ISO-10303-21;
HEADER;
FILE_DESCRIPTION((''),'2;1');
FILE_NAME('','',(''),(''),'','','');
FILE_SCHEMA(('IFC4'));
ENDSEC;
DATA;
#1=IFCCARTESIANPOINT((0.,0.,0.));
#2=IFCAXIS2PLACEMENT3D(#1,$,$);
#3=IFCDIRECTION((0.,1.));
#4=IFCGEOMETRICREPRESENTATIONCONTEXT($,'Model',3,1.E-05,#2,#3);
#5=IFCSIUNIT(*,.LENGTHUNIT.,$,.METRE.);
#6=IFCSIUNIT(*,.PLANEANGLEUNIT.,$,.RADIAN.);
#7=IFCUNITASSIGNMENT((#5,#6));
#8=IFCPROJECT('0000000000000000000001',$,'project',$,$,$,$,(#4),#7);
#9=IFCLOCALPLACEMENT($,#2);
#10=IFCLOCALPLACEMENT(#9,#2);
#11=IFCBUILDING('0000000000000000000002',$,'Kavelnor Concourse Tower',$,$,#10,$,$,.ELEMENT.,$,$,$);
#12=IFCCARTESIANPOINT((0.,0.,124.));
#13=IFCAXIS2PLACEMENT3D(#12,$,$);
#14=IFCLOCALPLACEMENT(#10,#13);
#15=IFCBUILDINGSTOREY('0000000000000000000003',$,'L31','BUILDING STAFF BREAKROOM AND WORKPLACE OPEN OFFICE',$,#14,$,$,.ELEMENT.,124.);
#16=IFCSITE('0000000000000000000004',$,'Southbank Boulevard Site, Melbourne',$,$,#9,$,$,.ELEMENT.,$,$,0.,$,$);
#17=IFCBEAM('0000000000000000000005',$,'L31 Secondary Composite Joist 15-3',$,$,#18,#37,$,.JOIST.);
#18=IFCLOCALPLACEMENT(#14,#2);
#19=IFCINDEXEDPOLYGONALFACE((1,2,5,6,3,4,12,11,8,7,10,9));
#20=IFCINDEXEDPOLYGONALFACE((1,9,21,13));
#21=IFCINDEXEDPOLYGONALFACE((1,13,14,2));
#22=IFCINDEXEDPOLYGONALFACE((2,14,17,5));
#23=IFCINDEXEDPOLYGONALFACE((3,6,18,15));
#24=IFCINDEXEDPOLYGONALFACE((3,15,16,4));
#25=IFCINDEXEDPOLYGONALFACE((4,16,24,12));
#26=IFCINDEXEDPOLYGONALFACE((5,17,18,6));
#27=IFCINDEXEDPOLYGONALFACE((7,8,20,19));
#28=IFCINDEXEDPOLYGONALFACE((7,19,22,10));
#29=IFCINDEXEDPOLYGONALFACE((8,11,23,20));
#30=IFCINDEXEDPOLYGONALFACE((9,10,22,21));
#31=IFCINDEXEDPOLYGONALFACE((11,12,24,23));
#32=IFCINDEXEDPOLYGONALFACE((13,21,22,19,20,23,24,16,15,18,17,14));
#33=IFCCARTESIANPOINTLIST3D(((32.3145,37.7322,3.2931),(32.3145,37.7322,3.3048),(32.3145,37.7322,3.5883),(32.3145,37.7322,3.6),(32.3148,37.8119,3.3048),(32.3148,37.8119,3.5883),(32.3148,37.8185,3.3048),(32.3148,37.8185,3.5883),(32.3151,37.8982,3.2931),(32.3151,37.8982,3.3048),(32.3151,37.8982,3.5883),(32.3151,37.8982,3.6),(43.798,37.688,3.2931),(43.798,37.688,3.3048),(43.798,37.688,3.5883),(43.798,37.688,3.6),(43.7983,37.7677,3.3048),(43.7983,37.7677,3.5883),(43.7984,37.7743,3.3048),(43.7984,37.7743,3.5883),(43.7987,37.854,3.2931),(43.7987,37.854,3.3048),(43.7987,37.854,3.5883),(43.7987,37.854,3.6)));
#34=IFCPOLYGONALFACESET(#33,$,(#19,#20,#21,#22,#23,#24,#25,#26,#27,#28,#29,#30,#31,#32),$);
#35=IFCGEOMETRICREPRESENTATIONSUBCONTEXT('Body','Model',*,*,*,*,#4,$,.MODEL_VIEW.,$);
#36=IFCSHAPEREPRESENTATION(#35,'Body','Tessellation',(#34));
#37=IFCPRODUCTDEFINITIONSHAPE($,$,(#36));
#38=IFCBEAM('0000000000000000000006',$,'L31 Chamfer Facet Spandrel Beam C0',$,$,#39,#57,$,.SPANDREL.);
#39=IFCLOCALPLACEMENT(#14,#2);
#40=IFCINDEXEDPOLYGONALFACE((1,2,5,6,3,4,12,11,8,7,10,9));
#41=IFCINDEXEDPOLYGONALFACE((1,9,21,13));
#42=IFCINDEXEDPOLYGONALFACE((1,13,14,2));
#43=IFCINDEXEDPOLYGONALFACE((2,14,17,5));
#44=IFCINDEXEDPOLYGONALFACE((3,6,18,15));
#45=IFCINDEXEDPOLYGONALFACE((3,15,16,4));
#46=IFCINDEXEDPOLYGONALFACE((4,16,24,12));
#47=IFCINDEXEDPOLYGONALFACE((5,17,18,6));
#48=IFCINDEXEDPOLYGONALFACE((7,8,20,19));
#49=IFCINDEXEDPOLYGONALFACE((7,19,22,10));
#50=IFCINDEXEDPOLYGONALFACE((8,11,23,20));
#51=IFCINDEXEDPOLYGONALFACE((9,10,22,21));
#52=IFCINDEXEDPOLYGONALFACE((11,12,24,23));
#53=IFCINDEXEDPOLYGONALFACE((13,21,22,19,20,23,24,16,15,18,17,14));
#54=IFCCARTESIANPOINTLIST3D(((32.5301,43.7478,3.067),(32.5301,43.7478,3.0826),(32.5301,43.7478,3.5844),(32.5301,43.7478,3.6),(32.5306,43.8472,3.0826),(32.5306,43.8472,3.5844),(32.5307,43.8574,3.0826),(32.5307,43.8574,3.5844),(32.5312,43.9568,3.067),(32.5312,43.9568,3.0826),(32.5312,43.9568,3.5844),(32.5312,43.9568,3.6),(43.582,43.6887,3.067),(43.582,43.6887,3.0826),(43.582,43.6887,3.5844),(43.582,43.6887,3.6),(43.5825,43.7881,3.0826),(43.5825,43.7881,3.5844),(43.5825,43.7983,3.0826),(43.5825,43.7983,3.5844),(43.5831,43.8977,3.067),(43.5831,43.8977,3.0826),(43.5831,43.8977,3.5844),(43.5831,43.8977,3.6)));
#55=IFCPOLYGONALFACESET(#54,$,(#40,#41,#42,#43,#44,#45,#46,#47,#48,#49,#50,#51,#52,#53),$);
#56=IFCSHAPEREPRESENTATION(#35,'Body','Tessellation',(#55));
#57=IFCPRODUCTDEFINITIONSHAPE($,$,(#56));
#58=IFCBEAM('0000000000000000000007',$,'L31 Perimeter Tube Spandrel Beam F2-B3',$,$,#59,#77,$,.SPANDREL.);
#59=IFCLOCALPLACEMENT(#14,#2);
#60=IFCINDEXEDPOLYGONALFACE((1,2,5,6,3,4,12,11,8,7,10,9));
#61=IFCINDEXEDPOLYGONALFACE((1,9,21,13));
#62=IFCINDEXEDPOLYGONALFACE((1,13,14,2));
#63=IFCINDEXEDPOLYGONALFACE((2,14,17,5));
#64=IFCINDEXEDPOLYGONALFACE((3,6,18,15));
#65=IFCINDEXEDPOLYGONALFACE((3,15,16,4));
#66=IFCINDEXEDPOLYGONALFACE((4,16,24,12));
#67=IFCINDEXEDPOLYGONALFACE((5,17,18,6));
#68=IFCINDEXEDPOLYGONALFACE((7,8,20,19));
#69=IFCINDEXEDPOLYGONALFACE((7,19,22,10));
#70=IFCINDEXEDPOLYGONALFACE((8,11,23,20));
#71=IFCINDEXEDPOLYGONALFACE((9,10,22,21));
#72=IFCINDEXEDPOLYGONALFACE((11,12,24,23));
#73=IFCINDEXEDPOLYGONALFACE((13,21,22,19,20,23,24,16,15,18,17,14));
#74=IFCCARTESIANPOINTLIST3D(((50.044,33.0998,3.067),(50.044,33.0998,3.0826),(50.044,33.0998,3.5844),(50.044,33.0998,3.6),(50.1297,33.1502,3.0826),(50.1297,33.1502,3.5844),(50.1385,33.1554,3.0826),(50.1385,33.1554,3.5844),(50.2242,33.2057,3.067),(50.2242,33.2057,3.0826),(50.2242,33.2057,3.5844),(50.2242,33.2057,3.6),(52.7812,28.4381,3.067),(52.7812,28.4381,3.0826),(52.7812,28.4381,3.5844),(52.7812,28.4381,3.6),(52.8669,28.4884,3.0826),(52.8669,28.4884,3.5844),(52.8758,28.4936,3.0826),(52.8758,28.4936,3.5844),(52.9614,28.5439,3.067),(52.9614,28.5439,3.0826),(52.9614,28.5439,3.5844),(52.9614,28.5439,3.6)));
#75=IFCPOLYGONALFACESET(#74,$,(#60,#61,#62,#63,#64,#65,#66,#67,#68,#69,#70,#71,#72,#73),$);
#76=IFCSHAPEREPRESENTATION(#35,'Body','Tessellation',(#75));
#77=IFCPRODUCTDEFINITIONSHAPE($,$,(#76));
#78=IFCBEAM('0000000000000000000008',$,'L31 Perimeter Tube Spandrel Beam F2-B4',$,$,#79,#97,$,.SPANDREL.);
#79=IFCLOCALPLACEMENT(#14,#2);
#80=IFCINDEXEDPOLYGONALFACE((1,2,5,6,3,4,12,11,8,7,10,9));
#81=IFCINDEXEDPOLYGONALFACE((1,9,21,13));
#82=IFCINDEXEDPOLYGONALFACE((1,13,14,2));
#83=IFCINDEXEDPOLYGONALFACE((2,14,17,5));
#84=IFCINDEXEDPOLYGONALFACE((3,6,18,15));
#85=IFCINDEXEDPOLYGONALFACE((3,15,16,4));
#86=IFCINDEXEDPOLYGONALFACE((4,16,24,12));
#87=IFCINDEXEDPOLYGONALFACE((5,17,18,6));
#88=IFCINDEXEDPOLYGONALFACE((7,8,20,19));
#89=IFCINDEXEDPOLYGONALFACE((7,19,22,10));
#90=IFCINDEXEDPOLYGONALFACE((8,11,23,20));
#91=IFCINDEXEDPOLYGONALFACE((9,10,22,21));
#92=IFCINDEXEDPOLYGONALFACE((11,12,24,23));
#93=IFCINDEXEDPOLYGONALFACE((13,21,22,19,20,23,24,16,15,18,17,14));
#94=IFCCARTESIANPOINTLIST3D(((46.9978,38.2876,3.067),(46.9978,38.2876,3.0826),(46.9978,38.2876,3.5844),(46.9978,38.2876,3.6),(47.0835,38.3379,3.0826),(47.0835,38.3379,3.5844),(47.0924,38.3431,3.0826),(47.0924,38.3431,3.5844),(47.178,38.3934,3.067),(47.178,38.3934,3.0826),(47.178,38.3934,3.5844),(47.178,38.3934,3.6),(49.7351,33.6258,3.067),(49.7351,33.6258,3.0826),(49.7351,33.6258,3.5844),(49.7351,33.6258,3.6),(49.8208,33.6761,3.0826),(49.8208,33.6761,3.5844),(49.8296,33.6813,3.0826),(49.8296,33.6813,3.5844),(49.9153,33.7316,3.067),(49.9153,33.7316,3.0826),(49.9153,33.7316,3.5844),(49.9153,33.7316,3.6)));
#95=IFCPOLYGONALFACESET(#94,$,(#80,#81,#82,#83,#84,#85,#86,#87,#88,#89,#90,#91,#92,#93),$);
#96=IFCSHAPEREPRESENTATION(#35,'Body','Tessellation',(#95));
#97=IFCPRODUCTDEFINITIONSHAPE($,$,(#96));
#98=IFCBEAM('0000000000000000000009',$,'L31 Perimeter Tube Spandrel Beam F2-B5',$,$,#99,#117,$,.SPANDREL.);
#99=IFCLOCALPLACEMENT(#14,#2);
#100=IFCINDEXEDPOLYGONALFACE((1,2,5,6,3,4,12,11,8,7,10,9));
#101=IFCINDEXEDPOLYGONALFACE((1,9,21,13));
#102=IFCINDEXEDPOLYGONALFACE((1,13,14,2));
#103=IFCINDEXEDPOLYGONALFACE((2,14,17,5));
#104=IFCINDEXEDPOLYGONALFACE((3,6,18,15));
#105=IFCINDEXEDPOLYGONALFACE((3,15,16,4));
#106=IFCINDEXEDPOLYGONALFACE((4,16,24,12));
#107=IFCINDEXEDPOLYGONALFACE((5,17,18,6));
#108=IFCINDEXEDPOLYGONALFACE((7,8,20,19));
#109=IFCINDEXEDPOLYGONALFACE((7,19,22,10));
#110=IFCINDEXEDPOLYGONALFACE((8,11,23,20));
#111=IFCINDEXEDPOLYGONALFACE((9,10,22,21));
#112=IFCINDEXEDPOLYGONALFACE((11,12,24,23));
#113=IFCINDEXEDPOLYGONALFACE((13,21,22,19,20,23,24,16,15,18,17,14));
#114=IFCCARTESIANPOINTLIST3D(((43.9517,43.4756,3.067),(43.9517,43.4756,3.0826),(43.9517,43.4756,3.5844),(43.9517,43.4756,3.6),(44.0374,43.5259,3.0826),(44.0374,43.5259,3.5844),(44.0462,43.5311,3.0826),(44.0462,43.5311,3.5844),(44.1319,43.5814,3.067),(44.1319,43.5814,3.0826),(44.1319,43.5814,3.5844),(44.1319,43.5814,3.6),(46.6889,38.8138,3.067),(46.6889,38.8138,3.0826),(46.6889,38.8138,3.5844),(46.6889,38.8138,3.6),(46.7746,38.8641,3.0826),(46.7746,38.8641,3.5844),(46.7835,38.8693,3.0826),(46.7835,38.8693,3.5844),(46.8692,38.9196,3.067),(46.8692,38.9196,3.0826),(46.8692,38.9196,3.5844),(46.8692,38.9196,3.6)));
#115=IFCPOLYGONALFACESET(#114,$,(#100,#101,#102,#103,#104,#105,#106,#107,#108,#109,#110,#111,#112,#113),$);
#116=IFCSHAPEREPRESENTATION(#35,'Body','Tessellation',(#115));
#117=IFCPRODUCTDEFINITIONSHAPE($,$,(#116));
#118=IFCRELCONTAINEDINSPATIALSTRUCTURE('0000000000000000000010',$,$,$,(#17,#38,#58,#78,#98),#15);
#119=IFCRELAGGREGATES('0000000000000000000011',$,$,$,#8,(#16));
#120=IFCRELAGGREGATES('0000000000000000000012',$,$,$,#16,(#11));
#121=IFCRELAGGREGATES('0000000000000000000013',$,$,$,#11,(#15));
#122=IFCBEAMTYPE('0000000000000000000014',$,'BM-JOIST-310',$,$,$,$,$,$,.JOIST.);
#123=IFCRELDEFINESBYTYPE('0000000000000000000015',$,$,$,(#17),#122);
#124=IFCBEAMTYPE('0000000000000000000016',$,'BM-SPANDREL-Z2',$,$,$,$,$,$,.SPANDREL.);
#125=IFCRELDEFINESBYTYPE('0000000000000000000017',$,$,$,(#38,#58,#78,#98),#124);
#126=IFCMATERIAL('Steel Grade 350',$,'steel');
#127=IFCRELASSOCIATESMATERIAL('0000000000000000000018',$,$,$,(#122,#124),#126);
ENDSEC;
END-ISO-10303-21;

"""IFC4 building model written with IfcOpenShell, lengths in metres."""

from ifc_helpers import new_model, si_unit, direction, frame, origin, origin_2d, place, context, subcontext, project, spatial, i_section, extrude, material, material_profile, profile_set, type_object, element, save


model = new_model("IFC4")

# Units and contexts
model_context = context("Model", 3, precision=1e-05, world=origin(), true_north=direction((0.0, 1.0)))
body_context = subcontext(model_context, "Body", "Model", "MODEL_VIEW")
ifc_project = project(units=[si_unit("LENGTHUNIT", "METRE"), si_unit("PLANEANGLEUNIT", "RADIAN")], contexts=[model_context])

# Site, building, storey
site_placement = place(None, origin())
site = spatial("IfcSite", under=ifc_project, at=site_placement, Name="Southbank Boulevard Site, Melbourne", CompositionType="ELEMENT", RefElevation=0.0)
building_placement = place(site_placement, origin())
building = spatial("IfcBuilding", under=site, at=building_placement, Name="Kavelnor Concourse Tower", CompositionType="ELEMENT")
storey_placement = place(building_placement, frame((0.0, 0.0, 124.0)))
storey = spatial("IfcBuildingStorey", under=building, at=storey_placement, Name="L31", Description="BUILDING STAFF BREAKROOM AND WORKPLACE OPEN OFFICE", CompositionType="ELEMENT", Elevation=124.0)

# Shared definitions
ifc_material_1 = material(Name="Steel Grade 350", Category="steel")

# Beams
ifc_material_profile_1 = material_profile(ifc_material_1, i_section(OverallWidth=0.166, OverallDepth=0.3069, WebThickness=0.0066, FlangeThickness=0.0117, at=origin_2d()), Name="310UB46")
ifc_profile_set_1 = profile_set([ifc_material_profile_1], Name="Steel Grade 350")
beam_type_1 = type_object("IfcBeamType", Name="BM-JOIST-310", PredefinedType="JOIST", material=ifc_profile_set_1)
for number, where, z_axis, x_axis, name in (
    (1, (43.7983, 37.771, 3.4465), (-0.999993, 0.003848, 0.0), (-0.003848, -0.999993, 0.0), "L31 Secondary Composite Joist 15-3"),
):
    element("IfcBeam", number, at=place(storey_placement, frame(where, z_axis=z_axis, x_axis=x_axis)), inside=storey, type_object=beam_type_1, Name=name, PredefinedType="JOIST", context=body_context, shape_type="SweptSolid", body=[
        extrude(i_section(OverallWidth=0.166, OverallDepth=0.3069, WebThickness=0.0066, FlangeThickness=0.0117, at=origin_2d()), origin(), (0.0, 0.0, 1.0), 11.4836),
    ])
ifc_material_profile_2 = material_profile(ifc_material_1, i_section(OverallWidth=0.209, OverallDepth=0.533, WebThickness=0.0103, FlangeThickness=0.0156, at=origin_2d()), Name="530UB92")
ifc_profile_set_2 = profile_set([ifc_material_profile_2], Name="Steel Grade 350")
beam_type_2 = type_object("IfcBeamType", Name="BM-SPANDREL-Z2", PredefinedType="SPANDREL", material=ifc_profile_set_2)
beam_1_placement = place(storey_placement, frame((43.5825, 43.7932, 3.3335), z_axis=(-0.999986, 0.005346, 0.0), x_axis=(-0.005346, -0.999986, 0.0)))
element("IfcBeam", 2, at=beam_1_placement, inside=storey, type_object=beam_type_2, Name="L31 Chamfer Facet Spandrel Beam C0", PredefinedType="SPANDREL", context=body_context, shape_type="SweptSolid", body=[
    extrude(i_section(OverallWidth=0.209, OverallDepth=0.533, WebThickness=0.0103, FlangeThickness=0.0156, at=origin_2d()), origin(), (0.0, 0.0, 1.0), 11.052),
])
for number, where, z_axis, x_axis, name in (
    (3, (52.8713, 28.491, 3.3335), (-0.506337, 0.862336, 0.0), (-0.862336, -0.506337, 0.0), "L31 Perimeter Tube Spandrel Beam F2-B3"),
    (4, (49.8252, 33.6787, 3.3335), (-0.506337, 0.862336, 0.0), (-0.862336, -0.506337, 0.0), "L31 Perimeter Tube Spandrel Beam F2-B4"),
    (5, (46.7791, 38.8667, 3.3335), (-0.506337, 0.862336, 0.0), (-0.862336, -0.506337, 0.0), "L31 Perimeter Tube Spandrel Beam F2-B5"),
):
    element("IfcBeam", number, at=place(storey_placement, frame(where, z_axis=z_axis, x_axis=x_axis)), inside=storey, type_object=beam_type_2, Name=name, PredefinedType="SPANDREL", context=body_context, shape_type="SweptSolid", body=[
        extrude(i_section(OverallWidth=0.209, OverallDepth=0.533, WebThickness=0.0103, FlangeThickness=0.0156, at=origin_2d()), origin(), (0.0, 0.0, 1.0), 5.406),
    ])

save(model, "model.ifc")
